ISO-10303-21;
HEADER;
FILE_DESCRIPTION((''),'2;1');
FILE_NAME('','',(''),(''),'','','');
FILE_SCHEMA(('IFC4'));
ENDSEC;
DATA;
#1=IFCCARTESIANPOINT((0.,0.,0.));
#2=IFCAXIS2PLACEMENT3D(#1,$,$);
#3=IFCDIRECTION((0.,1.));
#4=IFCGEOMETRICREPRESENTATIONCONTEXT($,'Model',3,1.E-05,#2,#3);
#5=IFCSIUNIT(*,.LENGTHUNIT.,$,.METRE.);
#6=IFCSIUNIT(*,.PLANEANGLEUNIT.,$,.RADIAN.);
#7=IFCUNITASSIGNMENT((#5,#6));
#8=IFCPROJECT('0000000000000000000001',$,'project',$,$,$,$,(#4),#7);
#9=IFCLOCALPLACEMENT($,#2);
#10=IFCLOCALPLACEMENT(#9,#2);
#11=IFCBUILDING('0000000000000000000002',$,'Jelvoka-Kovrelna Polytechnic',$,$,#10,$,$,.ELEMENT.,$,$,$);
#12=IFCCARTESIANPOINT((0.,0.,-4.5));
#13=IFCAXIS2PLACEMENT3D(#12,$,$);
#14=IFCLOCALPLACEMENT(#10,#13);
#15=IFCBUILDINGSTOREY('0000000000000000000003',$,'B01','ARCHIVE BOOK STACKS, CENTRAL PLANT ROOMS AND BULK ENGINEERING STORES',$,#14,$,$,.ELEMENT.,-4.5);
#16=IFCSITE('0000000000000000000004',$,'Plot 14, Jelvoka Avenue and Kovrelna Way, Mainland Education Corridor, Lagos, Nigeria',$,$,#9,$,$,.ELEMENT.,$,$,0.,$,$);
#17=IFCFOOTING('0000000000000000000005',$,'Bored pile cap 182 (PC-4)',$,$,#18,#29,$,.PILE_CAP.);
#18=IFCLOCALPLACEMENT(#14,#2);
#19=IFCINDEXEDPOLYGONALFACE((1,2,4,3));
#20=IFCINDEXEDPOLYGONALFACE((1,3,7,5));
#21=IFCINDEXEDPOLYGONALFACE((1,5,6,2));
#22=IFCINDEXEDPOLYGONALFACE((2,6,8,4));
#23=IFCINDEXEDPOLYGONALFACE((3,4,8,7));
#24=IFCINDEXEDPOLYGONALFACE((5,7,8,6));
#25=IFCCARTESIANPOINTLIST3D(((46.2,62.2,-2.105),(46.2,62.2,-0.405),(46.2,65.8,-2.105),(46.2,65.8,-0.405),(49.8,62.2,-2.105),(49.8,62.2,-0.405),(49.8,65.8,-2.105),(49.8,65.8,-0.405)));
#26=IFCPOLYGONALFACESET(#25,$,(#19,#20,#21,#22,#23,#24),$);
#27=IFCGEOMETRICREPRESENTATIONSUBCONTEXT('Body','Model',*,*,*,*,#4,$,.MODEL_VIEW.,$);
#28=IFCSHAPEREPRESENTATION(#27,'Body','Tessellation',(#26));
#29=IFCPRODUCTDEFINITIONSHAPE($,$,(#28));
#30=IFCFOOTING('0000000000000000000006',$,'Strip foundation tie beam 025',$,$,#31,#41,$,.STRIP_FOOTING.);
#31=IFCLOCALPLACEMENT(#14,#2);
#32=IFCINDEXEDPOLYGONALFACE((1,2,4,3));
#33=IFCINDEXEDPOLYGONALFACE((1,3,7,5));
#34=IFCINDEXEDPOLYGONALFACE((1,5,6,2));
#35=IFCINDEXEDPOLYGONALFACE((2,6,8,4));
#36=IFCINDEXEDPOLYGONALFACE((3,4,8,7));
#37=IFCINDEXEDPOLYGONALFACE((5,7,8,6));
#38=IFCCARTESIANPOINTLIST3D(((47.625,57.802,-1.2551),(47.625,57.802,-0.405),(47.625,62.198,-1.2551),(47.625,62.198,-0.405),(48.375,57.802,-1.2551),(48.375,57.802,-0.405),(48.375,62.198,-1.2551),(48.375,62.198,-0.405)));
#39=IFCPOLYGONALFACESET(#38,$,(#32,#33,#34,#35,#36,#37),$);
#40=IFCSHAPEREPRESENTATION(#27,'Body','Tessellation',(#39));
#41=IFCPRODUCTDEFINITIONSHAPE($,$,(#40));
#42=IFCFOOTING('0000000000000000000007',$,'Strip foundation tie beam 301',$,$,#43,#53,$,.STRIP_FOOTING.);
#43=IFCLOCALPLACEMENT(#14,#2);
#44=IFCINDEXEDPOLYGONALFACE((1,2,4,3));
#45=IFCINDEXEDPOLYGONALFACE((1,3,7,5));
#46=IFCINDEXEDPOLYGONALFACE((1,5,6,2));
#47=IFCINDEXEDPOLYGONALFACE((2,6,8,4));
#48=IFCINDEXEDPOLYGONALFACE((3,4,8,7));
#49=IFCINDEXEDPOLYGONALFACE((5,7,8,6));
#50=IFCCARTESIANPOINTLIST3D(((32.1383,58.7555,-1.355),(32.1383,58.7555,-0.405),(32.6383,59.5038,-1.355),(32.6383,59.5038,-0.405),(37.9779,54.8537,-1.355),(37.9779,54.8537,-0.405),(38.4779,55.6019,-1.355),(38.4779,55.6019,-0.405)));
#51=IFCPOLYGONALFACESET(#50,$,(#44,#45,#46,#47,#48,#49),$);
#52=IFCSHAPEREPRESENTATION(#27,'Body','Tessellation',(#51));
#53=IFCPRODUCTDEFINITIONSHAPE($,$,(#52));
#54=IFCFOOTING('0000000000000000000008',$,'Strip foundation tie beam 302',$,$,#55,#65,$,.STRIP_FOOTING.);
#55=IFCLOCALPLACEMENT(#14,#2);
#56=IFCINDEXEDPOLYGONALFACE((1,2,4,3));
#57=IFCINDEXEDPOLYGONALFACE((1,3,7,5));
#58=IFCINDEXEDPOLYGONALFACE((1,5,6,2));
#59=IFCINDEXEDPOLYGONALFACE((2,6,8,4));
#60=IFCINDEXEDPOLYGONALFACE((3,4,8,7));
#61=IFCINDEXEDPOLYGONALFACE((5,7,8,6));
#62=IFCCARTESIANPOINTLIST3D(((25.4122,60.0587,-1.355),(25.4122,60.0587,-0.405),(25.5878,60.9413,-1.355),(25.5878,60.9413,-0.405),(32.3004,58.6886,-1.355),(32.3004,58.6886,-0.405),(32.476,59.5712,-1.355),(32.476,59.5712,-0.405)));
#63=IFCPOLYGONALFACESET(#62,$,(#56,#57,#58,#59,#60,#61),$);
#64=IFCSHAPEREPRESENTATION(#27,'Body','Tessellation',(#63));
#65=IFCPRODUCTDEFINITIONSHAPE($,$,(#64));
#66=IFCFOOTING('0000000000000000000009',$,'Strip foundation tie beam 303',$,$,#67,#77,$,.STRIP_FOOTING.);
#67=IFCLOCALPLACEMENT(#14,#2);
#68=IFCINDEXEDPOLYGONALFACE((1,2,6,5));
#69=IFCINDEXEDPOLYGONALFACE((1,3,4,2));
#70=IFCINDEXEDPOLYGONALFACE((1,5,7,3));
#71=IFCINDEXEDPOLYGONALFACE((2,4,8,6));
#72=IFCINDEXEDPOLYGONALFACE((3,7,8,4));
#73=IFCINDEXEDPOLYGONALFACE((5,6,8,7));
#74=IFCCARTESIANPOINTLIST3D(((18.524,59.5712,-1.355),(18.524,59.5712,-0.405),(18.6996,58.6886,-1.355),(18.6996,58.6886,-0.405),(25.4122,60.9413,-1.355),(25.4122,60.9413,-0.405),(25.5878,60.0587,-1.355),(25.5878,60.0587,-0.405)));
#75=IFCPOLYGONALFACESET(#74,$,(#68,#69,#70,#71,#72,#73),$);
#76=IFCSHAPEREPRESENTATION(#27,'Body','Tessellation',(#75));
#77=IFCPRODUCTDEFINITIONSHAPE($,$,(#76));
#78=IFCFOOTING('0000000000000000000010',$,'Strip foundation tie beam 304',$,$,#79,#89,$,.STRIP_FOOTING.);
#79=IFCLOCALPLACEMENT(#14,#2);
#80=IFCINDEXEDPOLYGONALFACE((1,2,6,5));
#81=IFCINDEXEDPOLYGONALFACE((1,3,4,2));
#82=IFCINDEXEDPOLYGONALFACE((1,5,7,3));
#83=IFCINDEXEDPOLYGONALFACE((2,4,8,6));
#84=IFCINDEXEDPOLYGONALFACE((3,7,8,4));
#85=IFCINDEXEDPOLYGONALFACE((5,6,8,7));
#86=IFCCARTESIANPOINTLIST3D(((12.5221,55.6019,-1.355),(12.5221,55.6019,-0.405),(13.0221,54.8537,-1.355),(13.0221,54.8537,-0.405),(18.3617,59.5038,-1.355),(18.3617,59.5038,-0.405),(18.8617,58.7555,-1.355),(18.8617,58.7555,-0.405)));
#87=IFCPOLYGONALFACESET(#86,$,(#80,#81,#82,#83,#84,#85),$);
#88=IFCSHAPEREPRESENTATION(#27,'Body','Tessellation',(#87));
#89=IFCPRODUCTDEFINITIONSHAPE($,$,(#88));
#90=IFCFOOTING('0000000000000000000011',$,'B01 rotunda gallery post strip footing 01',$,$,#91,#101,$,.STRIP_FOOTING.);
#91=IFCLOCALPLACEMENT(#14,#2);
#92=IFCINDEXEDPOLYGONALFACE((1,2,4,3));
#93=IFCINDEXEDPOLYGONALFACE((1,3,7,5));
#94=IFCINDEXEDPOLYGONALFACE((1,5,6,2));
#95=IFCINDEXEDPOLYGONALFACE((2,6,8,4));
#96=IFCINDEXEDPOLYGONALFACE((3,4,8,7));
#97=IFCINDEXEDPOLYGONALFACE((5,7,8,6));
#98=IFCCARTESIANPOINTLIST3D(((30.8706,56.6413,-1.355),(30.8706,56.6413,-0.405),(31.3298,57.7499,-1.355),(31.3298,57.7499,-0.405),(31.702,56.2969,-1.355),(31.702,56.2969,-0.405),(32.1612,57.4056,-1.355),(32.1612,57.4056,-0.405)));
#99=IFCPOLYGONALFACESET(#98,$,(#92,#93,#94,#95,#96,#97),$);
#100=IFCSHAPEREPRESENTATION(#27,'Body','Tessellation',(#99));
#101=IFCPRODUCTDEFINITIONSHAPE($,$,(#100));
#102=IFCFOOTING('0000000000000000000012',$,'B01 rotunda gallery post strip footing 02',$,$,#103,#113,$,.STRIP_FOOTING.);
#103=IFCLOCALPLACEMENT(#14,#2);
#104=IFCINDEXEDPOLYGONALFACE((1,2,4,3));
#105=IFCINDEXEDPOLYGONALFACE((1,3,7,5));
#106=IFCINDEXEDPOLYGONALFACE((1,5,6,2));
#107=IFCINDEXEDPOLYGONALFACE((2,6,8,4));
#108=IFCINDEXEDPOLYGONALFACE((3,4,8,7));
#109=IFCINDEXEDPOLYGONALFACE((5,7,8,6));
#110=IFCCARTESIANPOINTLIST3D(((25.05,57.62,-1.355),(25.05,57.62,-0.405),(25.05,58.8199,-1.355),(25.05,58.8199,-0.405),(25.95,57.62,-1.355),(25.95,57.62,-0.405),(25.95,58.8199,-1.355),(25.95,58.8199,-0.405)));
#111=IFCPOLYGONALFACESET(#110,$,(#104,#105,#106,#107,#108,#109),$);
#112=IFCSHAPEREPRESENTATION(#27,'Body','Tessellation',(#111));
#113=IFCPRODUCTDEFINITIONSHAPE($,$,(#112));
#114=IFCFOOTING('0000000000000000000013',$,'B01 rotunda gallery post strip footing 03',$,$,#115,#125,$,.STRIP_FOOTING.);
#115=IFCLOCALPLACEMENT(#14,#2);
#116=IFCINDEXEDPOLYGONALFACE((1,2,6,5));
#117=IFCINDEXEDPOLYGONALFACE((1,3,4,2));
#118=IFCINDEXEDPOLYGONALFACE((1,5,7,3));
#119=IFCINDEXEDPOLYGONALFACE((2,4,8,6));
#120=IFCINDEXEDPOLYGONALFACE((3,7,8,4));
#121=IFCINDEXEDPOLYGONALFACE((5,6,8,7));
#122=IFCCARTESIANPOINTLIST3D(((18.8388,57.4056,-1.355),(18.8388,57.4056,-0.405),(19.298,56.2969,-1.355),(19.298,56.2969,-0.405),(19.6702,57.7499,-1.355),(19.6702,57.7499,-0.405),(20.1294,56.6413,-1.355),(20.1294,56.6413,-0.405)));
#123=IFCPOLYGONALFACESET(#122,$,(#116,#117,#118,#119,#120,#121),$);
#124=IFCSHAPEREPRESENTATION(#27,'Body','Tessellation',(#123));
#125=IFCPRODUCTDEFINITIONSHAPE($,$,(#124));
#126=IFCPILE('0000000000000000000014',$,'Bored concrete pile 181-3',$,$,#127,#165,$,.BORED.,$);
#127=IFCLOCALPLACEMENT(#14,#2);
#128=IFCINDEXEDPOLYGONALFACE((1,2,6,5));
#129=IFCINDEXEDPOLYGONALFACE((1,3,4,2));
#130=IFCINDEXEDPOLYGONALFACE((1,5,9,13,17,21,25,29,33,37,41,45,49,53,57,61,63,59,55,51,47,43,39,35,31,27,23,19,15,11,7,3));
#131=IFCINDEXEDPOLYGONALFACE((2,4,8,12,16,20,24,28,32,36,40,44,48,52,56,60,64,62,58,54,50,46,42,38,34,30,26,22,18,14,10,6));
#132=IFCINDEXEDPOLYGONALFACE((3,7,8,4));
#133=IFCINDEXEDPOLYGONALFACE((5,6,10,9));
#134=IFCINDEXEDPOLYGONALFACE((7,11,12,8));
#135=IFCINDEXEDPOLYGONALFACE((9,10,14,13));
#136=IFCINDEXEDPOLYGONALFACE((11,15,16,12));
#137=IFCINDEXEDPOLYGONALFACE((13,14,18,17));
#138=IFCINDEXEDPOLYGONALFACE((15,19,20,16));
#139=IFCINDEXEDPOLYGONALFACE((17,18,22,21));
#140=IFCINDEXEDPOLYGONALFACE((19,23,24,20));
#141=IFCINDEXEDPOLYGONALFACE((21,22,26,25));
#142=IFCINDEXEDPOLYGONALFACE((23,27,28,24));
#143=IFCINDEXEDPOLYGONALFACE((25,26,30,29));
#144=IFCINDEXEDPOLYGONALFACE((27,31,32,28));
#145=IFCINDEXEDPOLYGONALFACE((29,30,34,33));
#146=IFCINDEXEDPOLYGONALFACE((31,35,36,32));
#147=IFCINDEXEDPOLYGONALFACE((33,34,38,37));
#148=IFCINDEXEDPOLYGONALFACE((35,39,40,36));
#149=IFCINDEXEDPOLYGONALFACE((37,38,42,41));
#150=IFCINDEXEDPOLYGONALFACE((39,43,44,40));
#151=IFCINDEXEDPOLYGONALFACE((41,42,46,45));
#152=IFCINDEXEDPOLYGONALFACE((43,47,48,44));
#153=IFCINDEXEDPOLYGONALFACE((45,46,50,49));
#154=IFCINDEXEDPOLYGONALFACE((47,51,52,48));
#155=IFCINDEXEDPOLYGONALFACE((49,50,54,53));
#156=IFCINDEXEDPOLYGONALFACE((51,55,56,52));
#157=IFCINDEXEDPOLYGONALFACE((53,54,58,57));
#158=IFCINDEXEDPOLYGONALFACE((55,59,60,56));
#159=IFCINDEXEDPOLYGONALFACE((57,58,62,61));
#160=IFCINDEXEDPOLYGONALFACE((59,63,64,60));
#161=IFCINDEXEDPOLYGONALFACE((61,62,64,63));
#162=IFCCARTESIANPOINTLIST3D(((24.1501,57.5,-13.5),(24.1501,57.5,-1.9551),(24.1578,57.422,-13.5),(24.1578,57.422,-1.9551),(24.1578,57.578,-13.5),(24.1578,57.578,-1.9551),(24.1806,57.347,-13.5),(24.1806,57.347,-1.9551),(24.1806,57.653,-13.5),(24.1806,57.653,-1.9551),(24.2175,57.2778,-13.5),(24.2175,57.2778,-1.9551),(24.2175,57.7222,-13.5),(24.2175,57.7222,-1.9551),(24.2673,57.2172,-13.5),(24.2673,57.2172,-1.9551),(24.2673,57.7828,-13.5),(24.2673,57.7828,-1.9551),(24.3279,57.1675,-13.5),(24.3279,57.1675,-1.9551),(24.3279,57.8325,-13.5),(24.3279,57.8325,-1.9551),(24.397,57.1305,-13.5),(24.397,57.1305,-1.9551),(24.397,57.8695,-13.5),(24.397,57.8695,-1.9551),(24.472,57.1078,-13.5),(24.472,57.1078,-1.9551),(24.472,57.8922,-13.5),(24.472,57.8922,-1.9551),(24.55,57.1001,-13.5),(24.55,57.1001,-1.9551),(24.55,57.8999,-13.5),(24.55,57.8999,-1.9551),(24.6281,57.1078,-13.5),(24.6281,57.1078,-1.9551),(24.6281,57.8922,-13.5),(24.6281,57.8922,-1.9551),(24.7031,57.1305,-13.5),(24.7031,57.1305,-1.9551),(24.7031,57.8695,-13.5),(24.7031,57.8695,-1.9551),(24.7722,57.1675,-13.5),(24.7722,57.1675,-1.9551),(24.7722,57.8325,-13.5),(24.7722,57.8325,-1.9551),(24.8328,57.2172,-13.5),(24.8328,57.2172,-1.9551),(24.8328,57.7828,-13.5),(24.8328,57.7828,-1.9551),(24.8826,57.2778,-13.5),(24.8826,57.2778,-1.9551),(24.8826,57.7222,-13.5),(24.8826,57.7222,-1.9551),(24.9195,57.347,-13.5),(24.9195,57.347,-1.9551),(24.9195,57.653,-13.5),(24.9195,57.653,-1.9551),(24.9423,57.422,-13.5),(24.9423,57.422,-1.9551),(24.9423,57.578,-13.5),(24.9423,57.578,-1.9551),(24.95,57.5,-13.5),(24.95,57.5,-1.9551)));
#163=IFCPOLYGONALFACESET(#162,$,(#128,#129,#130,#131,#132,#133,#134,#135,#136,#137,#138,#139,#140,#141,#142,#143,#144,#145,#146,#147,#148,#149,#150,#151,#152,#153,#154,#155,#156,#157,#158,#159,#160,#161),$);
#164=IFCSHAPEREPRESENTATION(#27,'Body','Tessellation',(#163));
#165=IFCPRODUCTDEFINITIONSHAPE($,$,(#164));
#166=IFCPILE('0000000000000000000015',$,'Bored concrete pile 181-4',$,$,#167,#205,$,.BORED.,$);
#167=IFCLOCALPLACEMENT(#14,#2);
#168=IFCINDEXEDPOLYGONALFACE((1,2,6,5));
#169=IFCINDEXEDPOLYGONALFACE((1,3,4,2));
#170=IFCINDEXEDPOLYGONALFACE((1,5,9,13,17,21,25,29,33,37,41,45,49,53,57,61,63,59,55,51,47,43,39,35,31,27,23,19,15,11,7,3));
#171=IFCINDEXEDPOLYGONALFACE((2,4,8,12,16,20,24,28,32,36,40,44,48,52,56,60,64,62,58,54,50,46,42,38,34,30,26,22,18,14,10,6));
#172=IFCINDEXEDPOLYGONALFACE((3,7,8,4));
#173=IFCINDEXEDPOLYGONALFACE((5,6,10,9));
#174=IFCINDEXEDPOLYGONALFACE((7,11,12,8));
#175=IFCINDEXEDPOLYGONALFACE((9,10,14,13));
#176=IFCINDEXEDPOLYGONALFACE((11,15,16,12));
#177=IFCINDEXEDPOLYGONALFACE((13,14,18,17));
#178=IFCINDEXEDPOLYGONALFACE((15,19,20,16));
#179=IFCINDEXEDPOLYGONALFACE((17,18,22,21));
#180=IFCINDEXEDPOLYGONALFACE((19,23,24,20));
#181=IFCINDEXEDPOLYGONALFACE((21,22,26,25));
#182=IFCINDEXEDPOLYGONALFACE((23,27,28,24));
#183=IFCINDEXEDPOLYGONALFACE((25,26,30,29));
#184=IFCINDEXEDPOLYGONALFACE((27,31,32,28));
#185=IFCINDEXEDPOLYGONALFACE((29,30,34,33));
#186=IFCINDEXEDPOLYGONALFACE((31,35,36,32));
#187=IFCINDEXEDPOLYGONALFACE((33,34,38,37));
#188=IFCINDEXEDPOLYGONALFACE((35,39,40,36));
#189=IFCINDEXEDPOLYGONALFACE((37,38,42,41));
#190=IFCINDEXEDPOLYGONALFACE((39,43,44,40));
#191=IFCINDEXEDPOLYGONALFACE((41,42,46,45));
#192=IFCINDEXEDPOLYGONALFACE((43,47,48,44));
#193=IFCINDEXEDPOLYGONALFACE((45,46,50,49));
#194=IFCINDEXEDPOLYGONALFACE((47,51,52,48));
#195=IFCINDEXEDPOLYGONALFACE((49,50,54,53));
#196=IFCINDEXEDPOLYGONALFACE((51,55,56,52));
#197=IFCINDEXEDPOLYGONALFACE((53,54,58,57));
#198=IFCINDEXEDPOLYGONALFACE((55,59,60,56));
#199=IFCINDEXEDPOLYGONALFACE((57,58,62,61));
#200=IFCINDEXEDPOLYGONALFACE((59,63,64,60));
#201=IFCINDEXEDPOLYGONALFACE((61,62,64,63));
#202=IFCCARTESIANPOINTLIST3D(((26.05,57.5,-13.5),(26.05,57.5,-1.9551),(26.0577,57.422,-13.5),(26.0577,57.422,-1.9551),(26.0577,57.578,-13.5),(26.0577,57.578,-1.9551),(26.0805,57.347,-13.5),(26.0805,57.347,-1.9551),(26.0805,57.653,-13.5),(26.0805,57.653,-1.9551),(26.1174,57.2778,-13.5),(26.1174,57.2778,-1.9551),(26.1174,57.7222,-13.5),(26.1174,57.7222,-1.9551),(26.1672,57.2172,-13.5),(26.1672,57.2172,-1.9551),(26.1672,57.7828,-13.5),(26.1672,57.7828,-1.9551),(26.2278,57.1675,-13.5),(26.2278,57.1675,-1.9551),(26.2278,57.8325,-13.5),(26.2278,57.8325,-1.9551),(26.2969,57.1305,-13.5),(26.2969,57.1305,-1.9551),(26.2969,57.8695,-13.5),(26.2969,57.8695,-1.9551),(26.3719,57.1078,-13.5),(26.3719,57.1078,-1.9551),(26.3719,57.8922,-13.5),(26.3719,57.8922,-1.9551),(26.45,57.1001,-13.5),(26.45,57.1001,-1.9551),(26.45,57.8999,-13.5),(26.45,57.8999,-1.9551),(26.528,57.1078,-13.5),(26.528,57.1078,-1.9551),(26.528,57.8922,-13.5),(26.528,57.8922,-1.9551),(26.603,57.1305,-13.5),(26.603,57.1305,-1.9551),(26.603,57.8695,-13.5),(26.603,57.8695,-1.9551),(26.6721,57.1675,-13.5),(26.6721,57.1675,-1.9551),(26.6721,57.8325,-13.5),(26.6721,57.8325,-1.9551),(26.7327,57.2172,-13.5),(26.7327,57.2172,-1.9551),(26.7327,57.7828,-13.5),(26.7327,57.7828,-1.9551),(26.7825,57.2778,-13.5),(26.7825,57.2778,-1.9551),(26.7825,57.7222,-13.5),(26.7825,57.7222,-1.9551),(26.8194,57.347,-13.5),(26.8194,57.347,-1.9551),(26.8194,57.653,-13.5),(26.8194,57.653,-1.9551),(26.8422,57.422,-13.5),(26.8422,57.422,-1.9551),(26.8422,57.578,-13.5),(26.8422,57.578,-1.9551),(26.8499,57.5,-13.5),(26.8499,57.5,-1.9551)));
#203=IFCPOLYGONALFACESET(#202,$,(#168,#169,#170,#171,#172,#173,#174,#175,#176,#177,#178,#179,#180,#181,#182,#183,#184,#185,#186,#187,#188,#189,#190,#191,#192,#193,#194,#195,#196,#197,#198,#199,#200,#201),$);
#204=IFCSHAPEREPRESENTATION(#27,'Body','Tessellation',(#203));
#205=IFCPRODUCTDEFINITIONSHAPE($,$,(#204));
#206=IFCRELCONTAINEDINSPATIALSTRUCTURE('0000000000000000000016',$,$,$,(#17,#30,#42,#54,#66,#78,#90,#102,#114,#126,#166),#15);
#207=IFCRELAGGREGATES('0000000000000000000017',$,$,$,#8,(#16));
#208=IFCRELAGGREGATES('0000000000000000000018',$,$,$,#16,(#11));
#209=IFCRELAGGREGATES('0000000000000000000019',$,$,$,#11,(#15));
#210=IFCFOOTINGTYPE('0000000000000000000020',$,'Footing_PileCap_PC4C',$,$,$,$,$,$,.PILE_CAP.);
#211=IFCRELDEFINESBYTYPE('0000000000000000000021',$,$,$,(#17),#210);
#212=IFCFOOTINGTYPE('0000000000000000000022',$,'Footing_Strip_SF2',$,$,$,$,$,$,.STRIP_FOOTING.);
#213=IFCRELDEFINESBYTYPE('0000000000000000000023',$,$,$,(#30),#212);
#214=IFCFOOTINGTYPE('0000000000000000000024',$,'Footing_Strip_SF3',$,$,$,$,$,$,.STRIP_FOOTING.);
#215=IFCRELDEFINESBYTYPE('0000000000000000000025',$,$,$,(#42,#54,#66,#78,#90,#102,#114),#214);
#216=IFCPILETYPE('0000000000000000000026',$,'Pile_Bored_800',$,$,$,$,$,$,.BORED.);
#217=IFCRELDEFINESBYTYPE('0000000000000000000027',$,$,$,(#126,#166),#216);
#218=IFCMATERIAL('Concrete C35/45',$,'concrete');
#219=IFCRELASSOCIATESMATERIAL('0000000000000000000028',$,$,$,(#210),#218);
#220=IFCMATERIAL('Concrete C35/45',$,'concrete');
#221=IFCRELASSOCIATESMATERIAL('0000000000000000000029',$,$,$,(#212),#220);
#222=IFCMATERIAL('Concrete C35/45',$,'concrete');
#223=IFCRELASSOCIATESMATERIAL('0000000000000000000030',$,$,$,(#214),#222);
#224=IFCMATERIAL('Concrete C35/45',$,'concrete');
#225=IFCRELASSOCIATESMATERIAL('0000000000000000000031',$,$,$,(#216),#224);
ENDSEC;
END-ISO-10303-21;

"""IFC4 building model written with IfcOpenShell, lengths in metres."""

from ifc_helpers import new_model, si_unit, direction, frame, origin, origin_2d, place, context, subcontext, project, spatial, rectangle, circle, extrude, material, material_profile, profile_set, type_object, element, save


model = new_model("IFC4")

# Units and contexts
model_context = context("Model", 3, precision=1e-05, world=origin(), true_north=direction((0.0, 1.0)))
body_context = subcontext(model_context, "Body", "Model", "MODEL_VIEW")
ifc_project = project(units=[si_unit("LENGTHUNIT", "METRE"), si_unit("PLANEANGLEUNIT", "RADIAN")], contexts=[model_context])

# Site, building, storey
site_placement = place(None, origin())
site = spatial("IfcSite", under=ifc_project, at=site_placement, Name="Plot 14, Jelvoka Avenue and Kovrelna Way, Mainland Education Corridor, Lagos, Nigeria", CompositionType="ELEMENT", RefElevation=0.0)
building_placement = place(site_placement, origin())
building = spatial("IfcBuilding", under=site, at=building_placement, Name="Jelvoka-Kovrelna Polytechnic", CompositionType="ELEMENT")
storey_placement = place(building_placement, frame((0.0, 0.0, -4.5)))
storey = spatial("IfcBuildingStorey", under=building, at=storey_placement, Name="B01", Description="ARCHIVE BOOK STACKS, CENTRAL PLANT ROOMS AND BULK ENGINEERING STORES", CompositionType="ELEMENT", Elevation=-4.5)

# Footings
ifc_material_1 = material(Name="Concrete C35/45", Category="concrete")
footing_type_1 = type_object("IfcFootingType", Name="Footing_PileCap_PC4C", PredefinedType="PILE_CAP", material=ifc_material_1)
footing_1_placement = place(storey_placement, frame((48.0, 64.0, -2.105), z_axis=(0.0, 0.0, 1.0), x_axis=(1.0, 0.0, 0.0)))
element("IfcFooting", 1, at=footing_1_placement, inside=storey, type_object=footing_type_1, Name="Bored pile cap 182 (PC-4)", PredefinedType="PILE_CAP", context=body_context, shape_type="SweptSolid", body=[
    extrude(rectangle(XDim=3.6001, YDim=3.6001, at=origin_2d()), origin(), (0.0, 0.0, 1.0), 1.7),
])
ifc_material_2 = material(Name="Concrete C35/45", Category="concrete")
footing_type_2 = type_object("IfcFootingType", Name="Footing_Strip_SF2", PredefinedType="STRIP_FOOTING", material=ifc_material_2)
footing_2_placement = place(storey_placement, frame((48.0, 60.0, -1.2551), z_axis=(0.0, 0.0, 1.0), x_axis=(0.0, 1.0, 0.0)))
element("IfcFooting", 2, at=footing_2_placement, inside=storey, type_object=footing_type_2, Name="Strip foundation tie beam 025", PredefinedType="STRIP_FOOTING", context=body_context, shape_type="SweptSolid", body=[
    extrude(rectangle(XDim=4.396, YDim=0.75, at=origin_2d()), origin(), (0.0, 0.0, 1.0), 0.8501),
])
ifc_material_3 = material(Name="Concrete C35/45", Category="concrete")
footing_type_3 = type_object("IfcFootingType", Name="Footing_Strip_SF3", PredefinedType="STRIP_FOOTING", material=ifc_material_3)
for number, where, z_axis, x_axis, name in (
    (3, (35.3081, 57.1787, -1.355), (0.0, 0.0, 1.0), (-0.83147, 0.55557, 0.0), "Strip foundation tie beam 301"),
    (4, (28.9441, 59.8149, -1.355), (0.0, 0.0, 1.0), (-0.980785, 0.19509, 0.0), "Strip foundation tie beam 302"),
    (5, (22.0559, 59.8149, -1.355), (0.0, 0.0, 1.0), (0.980785, 0.19509, 0.0), "Strip foundation tie beam 303"),
    (6, (15.6919, 57.1787, -1.355), (0.0, 0.0, 1.0), (0.83147, 0.55557, 0.0), "Strip foundation tie beam 304"),
):
    element("IfcFooting", number, at=place(storey_placement, frame(where, z_axis=z_axis, x_axis=x_axis)), inside=storey, type_object=footing_type_3, Name=name, PredefinedType="STRIP_FOOTING", context=body_context, shape_type="SweptSolid", body=[
        extrude(rectangle(XDim=7.0232, YDim=0.8999, at=origin_2d()), origin(), (0.0, 0.0, 1.0), 0.95),
    ])
for number, where, z_axis, x_axis, name in (
    (7, (31.5159, 57.0234, -1.355), (0.0, 0.0, 1.0), (0.382683, 0.92388, 0.0), "B01 rotunda gallery post strip footing 01"),
    (8, (25.5, 58.22, -1.355), (0.0, 0.0, 1.0), (0.0, 1.0, 0.0), "B01 rotunda gallery post strip footing 02"),
    (9, (19.4841, 57.0234, -1.355), (0.0, 0.0, 1.0), (-0.382683, 0.92388, 0.0), "B01 rotunda gallery post strip footing 03"),
):
    element("IfcFooting", number, at=place(storey_placement, frame(where, z_axis=z_axis, x_axis=x_axis)), inside=storey, type_object=footing_type_3, Name=name, PredefinedType="STRIP_FOOTING", context=body_context, shape_type="SweptSolid", body=[
        extrude(rectangle(XDim=1.2, YDim=0.8999, at=origin_2d()), origin(), (0.0, 0.0, 1.0), 0.95),
    ])

# Piles
ifc_material_4 = material(Name="Concrete C35/45", Category="concrete")
ifc_material_profile_1 = material_profile(ifc_material_4, circle(Radius=0.3999, at=origin_2d()), Name="PILE D800")
ifc_profile_set_1 = profile_set([ifc_material_profile_1], Name="Concrete C35/45")
pile_type = type_object("IfcPileType", Name="Pile_Bored_800", PredefinedType="BORED", material=ifc_profile_set_1)
for number, where, z_axis, x_axis, name in (
    (10, (24.55, 57.5, -1.9551), (0.0, 0.0, -1.0), (1.0, 0.0, 0.0), "Bored concrete pile 181-3"),
    (11, (26.45, 57.5, -1.9551), (0.0, 0.0, -1.0), (1.0, 0.0, 0.0), "Bored concrete pile 181-4"),
):
    element("IfcPile", number, at=place(storey_placement, frame(where, z_axis=z_axis, x_axis=x_axis)), inside=storey, type_object=pile_type, Name=name, PredefinedType="BORED", context=body_context, shape_type="SweptSolid", body=[
        extrude(circle(Radius=0.3999, at=origin_2d()), origin(), (0.0, 0.0, 1.0), 11.5449),
    ])

save(model, "model.ifc")
